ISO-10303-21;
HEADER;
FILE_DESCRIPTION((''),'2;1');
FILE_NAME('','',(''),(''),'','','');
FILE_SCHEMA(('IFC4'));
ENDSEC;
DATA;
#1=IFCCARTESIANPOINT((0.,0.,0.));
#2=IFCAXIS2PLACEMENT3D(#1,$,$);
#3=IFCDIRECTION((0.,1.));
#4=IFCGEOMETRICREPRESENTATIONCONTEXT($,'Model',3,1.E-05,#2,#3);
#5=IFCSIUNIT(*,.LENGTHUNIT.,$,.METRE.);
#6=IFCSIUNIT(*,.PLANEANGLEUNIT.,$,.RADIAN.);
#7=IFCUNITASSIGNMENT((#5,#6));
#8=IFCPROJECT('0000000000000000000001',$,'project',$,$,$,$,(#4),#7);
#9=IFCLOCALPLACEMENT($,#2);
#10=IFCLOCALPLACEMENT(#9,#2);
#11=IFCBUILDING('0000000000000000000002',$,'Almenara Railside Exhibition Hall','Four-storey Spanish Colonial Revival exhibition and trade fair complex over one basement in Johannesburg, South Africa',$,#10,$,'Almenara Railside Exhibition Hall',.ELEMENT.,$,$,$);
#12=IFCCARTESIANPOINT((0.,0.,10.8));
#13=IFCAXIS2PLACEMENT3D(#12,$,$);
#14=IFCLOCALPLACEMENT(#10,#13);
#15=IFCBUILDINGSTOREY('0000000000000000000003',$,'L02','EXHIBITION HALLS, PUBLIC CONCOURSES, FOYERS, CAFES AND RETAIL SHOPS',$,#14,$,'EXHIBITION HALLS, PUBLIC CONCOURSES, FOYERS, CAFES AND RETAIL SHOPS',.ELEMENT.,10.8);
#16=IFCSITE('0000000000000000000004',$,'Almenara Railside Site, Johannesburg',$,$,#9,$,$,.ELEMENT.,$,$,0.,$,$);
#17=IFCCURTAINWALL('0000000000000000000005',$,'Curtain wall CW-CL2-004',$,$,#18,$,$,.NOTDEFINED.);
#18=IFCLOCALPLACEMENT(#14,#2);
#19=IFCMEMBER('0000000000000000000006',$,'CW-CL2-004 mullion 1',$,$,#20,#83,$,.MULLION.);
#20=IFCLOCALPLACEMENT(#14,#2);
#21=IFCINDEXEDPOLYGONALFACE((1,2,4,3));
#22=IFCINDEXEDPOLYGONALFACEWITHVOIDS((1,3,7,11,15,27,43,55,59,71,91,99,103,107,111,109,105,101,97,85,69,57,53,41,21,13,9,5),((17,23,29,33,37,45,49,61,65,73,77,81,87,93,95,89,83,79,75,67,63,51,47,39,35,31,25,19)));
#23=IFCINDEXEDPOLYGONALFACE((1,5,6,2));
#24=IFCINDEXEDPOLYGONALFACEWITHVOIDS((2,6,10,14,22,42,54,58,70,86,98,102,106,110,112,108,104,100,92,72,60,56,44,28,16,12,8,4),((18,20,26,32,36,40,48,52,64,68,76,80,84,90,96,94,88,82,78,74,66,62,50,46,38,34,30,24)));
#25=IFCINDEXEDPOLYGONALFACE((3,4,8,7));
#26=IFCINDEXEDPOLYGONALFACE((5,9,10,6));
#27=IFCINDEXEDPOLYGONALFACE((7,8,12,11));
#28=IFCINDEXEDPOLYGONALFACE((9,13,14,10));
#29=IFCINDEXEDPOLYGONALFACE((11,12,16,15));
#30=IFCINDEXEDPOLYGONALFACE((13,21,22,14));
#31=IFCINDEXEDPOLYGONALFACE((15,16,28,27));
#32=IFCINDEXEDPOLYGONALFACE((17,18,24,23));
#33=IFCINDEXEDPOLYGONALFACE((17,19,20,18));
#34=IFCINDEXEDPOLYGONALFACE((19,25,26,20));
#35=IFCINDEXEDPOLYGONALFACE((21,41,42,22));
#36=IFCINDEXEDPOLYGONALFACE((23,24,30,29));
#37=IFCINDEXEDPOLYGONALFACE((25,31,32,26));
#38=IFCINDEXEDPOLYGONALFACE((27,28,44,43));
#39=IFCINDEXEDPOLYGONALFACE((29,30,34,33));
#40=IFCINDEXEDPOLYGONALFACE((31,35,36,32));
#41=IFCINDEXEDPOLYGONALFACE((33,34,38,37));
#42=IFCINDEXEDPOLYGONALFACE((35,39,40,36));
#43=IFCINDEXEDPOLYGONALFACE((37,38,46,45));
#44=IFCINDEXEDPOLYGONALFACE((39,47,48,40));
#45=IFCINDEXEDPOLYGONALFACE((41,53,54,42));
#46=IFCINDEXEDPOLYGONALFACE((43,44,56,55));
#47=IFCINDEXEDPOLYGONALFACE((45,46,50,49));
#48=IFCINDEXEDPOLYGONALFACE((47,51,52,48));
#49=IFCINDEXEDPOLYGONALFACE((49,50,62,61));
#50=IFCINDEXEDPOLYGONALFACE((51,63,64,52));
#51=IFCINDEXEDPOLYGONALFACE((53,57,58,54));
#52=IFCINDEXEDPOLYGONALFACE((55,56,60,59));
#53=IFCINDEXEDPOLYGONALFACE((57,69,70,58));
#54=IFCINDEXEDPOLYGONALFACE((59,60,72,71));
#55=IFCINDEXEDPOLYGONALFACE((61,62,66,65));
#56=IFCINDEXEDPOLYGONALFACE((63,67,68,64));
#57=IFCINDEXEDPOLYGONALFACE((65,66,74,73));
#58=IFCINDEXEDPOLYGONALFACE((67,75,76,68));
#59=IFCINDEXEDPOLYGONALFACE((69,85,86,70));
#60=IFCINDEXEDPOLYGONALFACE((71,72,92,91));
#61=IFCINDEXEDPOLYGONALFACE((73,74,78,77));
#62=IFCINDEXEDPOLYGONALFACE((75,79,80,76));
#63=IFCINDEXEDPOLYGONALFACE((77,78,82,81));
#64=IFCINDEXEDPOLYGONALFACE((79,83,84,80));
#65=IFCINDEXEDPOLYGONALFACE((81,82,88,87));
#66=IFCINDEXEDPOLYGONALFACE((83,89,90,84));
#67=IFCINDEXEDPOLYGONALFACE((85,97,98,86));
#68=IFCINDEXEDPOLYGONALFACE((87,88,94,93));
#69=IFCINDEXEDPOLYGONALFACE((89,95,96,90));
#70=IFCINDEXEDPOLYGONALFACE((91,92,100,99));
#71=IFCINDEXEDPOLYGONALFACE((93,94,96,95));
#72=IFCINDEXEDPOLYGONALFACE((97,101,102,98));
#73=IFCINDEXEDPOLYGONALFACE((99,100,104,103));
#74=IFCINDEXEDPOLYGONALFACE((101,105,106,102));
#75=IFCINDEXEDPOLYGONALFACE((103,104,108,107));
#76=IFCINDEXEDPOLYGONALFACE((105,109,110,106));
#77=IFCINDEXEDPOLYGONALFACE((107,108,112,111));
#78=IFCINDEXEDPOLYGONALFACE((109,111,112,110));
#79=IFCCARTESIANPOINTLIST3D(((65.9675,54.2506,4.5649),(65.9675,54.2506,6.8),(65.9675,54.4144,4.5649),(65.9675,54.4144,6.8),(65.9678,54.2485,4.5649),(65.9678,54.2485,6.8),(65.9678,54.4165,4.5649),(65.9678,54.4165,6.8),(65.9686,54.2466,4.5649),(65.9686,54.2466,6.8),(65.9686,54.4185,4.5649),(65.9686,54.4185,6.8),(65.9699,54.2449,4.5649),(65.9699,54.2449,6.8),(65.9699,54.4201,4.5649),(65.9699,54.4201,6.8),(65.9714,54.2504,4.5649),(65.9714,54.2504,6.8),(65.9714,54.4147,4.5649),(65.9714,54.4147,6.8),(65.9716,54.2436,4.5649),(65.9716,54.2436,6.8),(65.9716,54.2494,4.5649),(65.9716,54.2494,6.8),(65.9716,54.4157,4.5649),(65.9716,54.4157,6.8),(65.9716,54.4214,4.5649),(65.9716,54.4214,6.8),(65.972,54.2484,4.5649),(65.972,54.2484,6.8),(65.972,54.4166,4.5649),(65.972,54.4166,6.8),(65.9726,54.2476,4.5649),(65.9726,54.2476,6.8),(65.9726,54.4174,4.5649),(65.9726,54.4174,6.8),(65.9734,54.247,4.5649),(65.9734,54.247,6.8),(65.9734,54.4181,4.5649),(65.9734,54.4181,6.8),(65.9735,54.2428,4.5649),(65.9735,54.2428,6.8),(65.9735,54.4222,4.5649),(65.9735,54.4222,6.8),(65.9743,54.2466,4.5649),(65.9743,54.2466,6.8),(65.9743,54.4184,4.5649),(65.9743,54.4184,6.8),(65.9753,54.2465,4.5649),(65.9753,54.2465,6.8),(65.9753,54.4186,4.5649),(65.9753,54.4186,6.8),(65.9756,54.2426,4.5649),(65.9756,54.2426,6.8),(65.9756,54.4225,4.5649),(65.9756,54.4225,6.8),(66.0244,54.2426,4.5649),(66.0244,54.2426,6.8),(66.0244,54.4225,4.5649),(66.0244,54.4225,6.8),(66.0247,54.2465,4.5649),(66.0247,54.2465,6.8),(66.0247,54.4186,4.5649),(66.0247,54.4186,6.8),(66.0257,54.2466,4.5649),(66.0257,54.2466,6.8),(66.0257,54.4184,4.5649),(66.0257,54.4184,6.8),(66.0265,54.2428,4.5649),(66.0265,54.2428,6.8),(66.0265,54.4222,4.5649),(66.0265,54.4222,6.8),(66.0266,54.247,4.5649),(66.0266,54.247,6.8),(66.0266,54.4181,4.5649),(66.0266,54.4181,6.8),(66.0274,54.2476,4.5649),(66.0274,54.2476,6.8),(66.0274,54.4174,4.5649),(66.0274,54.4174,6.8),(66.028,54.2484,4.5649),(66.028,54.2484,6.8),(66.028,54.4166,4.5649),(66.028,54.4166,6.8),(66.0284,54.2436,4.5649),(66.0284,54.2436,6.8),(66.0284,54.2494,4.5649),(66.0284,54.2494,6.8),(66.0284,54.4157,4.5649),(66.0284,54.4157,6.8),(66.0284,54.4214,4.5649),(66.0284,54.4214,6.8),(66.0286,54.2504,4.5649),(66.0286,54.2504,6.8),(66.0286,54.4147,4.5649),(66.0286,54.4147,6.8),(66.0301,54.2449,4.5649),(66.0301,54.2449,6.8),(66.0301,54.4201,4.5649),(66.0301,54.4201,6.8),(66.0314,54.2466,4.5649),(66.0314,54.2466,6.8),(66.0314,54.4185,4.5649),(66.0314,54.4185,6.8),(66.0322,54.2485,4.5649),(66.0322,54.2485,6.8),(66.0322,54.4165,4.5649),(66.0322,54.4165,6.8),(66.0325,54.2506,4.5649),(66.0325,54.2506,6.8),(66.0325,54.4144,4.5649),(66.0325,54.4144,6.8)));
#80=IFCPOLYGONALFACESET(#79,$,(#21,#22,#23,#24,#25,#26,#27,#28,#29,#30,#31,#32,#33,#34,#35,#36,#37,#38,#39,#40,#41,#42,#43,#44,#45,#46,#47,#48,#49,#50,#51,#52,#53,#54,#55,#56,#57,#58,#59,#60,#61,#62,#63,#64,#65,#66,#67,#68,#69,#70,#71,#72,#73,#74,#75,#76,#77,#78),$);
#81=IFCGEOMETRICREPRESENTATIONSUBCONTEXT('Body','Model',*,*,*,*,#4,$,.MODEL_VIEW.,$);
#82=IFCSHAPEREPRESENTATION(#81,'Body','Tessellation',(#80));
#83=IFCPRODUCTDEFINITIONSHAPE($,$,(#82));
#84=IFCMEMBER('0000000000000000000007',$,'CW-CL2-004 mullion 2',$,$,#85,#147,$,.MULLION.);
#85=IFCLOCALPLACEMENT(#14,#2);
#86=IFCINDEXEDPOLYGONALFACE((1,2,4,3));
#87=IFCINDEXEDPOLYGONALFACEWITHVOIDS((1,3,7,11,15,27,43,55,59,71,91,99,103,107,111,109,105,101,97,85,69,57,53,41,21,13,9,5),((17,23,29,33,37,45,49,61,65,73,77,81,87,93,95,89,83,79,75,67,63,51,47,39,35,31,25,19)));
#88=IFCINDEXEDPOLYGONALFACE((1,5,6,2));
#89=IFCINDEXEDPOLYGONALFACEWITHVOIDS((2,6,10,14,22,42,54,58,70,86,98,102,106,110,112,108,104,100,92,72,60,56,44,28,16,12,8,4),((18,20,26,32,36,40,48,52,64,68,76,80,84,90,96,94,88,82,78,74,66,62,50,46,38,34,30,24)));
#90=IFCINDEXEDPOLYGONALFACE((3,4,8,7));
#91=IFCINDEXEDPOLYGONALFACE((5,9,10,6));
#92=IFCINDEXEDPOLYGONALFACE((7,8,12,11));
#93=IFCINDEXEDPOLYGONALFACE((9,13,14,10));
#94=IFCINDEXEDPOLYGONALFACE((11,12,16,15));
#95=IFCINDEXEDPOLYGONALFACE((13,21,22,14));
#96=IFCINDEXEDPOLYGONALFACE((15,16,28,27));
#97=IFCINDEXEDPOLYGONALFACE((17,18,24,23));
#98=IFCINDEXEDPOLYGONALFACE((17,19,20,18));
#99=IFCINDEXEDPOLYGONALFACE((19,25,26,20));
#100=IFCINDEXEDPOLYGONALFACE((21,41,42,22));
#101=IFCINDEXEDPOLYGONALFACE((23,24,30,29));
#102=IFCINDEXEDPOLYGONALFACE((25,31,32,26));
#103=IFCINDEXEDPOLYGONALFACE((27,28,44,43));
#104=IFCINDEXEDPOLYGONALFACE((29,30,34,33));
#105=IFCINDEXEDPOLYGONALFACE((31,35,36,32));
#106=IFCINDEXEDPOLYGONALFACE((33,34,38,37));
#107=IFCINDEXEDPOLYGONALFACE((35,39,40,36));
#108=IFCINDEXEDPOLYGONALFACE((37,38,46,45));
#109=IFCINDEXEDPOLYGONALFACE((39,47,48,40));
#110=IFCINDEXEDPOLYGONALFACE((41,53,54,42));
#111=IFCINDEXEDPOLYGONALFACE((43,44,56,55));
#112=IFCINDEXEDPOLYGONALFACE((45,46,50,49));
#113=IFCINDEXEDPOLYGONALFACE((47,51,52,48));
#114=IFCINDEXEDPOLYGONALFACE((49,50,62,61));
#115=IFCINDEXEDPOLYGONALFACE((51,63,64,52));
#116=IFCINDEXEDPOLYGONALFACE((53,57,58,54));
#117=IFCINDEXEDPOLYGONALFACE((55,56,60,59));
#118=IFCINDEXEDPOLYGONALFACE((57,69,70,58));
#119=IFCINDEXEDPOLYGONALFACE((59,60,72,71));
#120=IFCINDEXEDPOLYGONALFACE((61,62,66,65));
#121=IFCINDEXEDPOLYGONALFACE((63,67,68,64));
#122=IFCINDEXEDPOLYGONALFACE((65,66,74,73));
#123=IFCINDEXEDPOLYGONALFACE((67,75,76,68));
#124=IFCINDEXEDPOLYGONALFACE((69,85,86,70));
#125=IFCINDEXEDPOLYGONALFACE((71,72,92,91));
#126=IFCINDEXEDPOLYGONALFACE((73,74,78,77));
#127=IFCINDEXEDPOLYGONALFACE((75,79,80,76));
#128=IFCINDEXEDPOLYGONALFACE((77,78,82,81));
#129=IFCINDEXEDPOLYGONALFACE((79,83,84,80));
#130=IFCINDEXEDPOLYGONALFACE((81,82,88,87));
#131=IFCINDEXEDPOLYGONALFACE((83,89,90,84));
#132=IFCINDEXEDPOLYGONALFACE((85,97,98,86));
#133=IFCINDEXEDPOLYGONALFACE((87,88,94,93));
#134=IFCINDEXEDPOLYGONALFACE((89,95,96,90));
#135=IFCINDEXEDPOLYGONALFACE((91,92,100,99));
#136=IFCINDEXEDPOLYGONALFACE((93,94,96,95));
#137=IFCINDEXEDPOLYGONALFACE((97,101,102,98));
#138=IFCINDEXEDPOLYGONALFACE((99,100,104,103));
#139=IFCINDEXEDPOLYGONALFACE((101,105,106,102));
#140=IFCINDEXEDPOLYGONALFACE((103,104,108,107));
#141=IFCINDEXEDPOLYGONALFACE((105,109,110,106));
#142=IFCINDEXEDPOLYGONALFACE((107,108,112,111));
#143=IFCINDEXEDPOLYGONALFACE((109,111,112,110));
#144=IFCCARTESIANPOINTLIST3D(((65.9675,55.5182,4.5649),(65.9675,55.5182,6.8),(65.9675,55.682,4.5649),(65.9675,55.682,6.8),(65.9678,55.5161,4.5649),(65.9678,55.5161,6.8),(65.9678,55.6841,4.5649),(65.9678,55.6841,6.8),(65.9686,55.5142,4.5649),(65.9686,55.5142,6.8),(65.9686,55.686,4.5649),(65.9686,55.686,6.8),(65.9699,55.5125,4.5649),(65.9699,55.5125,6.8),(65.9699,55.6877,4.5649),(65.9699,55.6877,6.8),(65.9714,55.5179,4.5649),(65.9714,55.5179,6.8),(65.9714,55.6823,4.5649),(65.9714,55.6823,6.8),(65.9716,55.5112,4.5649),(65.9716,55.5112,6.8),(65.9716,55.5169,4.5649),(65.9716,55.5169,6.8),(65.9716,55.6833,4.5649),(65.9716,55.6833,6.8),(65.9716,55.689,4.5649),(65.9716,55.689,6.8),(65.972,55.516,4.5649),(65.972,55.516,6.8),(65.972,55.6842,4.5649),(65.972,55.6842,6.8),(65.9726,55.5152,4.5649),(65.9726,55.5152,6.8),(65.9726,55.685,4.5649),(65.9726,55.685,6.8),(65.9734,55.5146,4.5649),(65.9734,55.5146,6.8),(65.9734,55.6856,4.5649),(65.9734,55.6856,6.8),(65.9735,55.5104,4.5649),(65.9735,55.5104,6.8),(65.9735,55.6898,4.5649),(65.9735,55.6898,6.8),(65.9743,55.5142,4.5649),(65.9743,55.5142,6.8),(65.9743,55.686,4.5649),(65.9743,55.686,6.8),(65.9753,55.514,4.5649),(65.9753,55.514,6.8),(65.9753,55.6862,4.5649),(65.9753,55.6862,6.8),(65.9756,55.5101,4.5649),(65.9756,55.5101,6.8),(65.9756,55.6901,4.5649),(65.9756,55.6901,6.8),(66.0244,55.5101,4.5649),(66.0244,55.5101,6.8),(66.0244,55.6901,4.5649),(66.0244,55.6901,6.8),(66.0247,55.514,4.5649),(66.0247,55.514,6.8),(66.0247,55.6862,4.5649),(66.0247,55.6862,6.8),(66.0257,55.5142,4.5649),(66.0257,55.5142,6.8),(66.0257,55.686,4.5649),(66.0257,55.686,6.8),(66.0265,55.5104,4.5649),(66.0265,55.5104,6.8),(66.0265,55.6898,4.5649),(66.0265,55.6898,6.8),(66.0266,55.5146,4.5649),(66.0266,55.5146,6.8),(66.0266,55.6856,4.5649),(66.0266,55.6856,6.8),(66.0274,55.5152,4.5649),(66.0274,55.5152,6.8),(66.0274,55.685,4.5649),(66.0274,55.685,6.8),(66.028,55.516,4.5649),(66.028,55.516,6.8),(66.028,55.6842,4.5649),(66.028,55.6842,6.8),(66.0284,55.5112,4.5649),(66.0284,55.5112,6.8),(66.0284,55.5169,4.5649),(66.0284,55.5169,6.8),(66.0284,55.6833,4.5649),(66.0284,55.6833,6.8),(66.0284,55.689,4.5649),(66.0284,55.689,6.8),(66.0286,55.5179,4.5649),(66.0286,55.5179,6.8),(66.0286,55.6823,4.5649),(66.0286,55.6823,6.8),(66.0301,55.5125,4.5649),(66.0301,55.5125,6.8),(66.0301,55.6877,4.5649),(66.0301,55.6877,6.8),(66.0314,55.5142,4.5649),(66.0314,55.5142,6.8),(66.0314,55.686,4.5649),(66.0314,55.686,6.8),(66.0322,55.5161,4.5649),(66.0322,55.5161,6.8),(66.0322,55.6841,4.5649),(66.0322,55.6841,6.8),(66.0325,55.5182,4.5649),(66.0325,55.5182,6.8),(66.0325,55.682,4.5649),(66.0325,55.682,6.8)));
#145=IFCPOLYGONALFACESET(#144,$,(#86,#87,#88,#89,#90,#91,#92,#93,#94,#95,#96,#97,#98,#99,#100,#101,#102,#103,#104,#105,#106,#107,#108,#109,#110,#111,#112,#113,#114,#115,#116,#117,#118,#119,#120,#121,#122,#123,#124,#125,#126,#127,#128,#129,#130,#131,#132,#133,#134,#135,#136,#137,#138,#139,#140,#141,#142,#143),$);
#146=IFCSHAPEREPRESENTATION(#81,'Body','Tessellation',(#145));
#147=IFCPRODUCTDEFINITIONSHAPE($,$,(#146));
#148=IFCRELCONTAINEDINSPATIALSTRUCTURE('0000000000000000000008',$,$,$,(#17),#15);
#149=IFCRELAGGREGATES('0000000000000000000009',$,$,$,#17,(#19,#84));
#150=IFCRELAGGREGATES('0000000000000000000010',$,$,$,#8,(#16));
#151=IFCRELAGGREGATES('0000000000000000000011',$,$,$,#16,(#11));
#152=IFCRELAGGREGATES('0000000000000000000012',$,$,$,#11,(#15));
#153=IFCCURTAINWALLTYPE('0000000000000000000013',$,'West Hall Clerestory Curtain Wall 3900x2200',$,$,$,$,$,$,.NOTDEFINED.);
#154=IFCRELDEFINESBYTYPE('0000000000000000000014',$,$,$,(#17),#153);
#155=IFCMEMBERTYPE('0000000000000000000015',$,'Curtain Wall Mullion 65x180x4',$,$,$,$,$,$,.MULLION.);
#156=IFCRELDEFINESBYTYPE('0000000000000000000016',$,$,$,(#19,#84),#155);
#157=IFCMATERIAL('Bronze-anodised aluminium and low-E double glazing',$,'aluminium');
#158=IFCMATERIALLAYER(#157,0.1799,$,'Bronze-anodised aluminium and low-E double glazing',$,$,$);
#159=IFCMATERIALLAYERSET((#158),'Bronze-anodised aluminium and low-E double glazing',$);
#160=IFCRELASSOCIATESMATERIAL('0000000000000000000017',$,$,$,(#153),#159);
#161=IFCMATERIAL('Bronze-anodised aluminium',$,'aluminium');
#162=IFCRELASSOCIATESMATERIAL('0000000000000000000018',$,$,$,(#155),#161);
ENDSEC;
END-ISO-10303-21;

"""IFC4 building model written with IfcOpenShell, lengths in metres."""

from ifc_helpers import new_model, si_unit, direction, frame, origin, origin_2d, place, context, subcontext, project, spatial, hollow_rectangle, extrude, material, layer, layer_set, material_profile, profile_set, type_object, element, aggregate, save


model = new_model("IFC4")

# Units and contexts
model_context = context("Model", 3, precision=1e-05, world=origin(), true_north=direction((0.0, 1.0)))
body_context = subcontext(model_context, "Body", "Model", "MODEL_VIEW")
ifc_project = project(units=[si_unit("LENGTHUNIT", "METRE"), si_unit("PLANEANGLEUNIT", "RADIAN")], contexts=[model_context])

# Site, building, storey
site_placement = place(None, origin())
site = spatial("IfcSite", under=ifc_project, at=site_placement, Name="Almenara Railside Site, Johannesburg", CompositionType="ELEMENT", RefElevation=0.0)
building_placement = place(site_placement, origin())
building = spatial("IfcBuilding", under=site, at=building_placement, Name="Almenara Railside Exhibition Hall", Description="Four-storey Spanish Colonial Revival exhibition and trade fair complex over one basement in Johannesburg, South Africa", LongName="Almenara Railside Exhibition Hall", CompositionType="ELEMENT")
storey_placement = place(building_placement, frame((0.0, 0.0, 10.8)))
storey = spatial("IfcBuildingStorey", under=building, at=storey_placement, Name="L02", Description="EXHIBITION HALLS, PUBLIC CONCOURSES, FOYERS, CAFES AND RETAIL SHOPS", LongName="EXHIBITION HALLS, PUBLIC CONCOURSES, FOYERS, CAFES AND RETAIL SHOPS", CompositionType="ELEMENT", Elevation=10.8)

# Curtain wall, members
ifc_material_1 = material(Name="Bronze-anodised aluminium and low-E double glazing", Category="aluminium")
ifc_layer_1 = layer(ifc_material_1, 0.1799, Name="Bronze-anodised aluminium and low-E double glazing")
ifc_layer_set_1 = layer_set([ifc_layer_1], Name="Bronze-anodised aluminium and low-E double glazing")
curtain_wall_type = type_object("IfcCurtainWallType", Name="West Hall Clerestory Curtain Wall 3900x2200", PredefinedType="NOTDEFINED", material=ifc_layer_set_1)
curtain_wall_placement = place(storey_placement, origin())
curtain_wall = element("IfcCurtainWall", 1, at=curtain_wall_placement, inside=storey, type_object=curtain_wall_type, Name="Curtain wall CW-CL2-004", PredefinedType="NOTDEFINED")
ifc_material_2 = material(Name="Bronze-anodised aluminium", Category="aluminium")
ifc_material_profile_1 = material_profile(ifc_material_2, hollow_rectangle(XDim=0.0649, YDim=0.1799, WallThickness=0.0039, InnerFilletRadius=0.0039, OuterFilletRadius=0.0081, at=origin_2d()), Name="ALU-MUL 65x180x4")
ifc_profile_set_1 = profile_set([ifc_material_profile_1], Name="Bronze-anodised aluminium")
member_type_1 = type_object("IfcMemberType", Name="Curtain Wall Mullion 65x180x4", PredefinedType="MULLION", material=ifc_profile_set_1)
member_1_placement = place(storey_placement, frame((66.0, 54.3325, 4.5649), z_axis=(0.0, 0.0, 1.0), x_axis=(-1.0, 0.0, 0.0)))
member_1 = element("IfcMember", 2, at=member_1_placement, type_object=member_type_1, Name="CW-CL2-004 mullion 1", PredefinedType="MULLION", context=body_context, shape_type="SweptSolid", body=[
    extrude(hollow_rectangle(XDim=0.0649, YDim=0.1799, WallThickness=0.0039, InnerFilletRadius=0.0039, OuterFilletRadius=0.0081, at=origin_2d()), origin(), (0.0, 0.0, 1.0), 2.2351),
])
member_2_placement = place(storey_placement, frame((66.0, 55.6001, 4.5649), z_axis=(0.0, 0.0, 1.0), x_axis=(-1.0, 0.0, 0.0)))
member_2 = element("IfcMember", 3, at=member_2_placement, type_object=member_type_1, Name="CW-CL2-004 mullion 2", PredefinedType="MULLION", context=body_context, shape_type="SweptSolid", body=[
    extrude(hollow_rectangle(XDim=0.0649, YDim=0.1799, WallThickness=0.0039, InnerFilletRadius=0.0039, OuterFilletRadius=0.0081, at=origin_2d()), origin(), (0.0, 0.0, 1.0), 2.2351),
])
aggregate(curtain_wall, [member_1, member_2])

save(model, "model.ifc")
